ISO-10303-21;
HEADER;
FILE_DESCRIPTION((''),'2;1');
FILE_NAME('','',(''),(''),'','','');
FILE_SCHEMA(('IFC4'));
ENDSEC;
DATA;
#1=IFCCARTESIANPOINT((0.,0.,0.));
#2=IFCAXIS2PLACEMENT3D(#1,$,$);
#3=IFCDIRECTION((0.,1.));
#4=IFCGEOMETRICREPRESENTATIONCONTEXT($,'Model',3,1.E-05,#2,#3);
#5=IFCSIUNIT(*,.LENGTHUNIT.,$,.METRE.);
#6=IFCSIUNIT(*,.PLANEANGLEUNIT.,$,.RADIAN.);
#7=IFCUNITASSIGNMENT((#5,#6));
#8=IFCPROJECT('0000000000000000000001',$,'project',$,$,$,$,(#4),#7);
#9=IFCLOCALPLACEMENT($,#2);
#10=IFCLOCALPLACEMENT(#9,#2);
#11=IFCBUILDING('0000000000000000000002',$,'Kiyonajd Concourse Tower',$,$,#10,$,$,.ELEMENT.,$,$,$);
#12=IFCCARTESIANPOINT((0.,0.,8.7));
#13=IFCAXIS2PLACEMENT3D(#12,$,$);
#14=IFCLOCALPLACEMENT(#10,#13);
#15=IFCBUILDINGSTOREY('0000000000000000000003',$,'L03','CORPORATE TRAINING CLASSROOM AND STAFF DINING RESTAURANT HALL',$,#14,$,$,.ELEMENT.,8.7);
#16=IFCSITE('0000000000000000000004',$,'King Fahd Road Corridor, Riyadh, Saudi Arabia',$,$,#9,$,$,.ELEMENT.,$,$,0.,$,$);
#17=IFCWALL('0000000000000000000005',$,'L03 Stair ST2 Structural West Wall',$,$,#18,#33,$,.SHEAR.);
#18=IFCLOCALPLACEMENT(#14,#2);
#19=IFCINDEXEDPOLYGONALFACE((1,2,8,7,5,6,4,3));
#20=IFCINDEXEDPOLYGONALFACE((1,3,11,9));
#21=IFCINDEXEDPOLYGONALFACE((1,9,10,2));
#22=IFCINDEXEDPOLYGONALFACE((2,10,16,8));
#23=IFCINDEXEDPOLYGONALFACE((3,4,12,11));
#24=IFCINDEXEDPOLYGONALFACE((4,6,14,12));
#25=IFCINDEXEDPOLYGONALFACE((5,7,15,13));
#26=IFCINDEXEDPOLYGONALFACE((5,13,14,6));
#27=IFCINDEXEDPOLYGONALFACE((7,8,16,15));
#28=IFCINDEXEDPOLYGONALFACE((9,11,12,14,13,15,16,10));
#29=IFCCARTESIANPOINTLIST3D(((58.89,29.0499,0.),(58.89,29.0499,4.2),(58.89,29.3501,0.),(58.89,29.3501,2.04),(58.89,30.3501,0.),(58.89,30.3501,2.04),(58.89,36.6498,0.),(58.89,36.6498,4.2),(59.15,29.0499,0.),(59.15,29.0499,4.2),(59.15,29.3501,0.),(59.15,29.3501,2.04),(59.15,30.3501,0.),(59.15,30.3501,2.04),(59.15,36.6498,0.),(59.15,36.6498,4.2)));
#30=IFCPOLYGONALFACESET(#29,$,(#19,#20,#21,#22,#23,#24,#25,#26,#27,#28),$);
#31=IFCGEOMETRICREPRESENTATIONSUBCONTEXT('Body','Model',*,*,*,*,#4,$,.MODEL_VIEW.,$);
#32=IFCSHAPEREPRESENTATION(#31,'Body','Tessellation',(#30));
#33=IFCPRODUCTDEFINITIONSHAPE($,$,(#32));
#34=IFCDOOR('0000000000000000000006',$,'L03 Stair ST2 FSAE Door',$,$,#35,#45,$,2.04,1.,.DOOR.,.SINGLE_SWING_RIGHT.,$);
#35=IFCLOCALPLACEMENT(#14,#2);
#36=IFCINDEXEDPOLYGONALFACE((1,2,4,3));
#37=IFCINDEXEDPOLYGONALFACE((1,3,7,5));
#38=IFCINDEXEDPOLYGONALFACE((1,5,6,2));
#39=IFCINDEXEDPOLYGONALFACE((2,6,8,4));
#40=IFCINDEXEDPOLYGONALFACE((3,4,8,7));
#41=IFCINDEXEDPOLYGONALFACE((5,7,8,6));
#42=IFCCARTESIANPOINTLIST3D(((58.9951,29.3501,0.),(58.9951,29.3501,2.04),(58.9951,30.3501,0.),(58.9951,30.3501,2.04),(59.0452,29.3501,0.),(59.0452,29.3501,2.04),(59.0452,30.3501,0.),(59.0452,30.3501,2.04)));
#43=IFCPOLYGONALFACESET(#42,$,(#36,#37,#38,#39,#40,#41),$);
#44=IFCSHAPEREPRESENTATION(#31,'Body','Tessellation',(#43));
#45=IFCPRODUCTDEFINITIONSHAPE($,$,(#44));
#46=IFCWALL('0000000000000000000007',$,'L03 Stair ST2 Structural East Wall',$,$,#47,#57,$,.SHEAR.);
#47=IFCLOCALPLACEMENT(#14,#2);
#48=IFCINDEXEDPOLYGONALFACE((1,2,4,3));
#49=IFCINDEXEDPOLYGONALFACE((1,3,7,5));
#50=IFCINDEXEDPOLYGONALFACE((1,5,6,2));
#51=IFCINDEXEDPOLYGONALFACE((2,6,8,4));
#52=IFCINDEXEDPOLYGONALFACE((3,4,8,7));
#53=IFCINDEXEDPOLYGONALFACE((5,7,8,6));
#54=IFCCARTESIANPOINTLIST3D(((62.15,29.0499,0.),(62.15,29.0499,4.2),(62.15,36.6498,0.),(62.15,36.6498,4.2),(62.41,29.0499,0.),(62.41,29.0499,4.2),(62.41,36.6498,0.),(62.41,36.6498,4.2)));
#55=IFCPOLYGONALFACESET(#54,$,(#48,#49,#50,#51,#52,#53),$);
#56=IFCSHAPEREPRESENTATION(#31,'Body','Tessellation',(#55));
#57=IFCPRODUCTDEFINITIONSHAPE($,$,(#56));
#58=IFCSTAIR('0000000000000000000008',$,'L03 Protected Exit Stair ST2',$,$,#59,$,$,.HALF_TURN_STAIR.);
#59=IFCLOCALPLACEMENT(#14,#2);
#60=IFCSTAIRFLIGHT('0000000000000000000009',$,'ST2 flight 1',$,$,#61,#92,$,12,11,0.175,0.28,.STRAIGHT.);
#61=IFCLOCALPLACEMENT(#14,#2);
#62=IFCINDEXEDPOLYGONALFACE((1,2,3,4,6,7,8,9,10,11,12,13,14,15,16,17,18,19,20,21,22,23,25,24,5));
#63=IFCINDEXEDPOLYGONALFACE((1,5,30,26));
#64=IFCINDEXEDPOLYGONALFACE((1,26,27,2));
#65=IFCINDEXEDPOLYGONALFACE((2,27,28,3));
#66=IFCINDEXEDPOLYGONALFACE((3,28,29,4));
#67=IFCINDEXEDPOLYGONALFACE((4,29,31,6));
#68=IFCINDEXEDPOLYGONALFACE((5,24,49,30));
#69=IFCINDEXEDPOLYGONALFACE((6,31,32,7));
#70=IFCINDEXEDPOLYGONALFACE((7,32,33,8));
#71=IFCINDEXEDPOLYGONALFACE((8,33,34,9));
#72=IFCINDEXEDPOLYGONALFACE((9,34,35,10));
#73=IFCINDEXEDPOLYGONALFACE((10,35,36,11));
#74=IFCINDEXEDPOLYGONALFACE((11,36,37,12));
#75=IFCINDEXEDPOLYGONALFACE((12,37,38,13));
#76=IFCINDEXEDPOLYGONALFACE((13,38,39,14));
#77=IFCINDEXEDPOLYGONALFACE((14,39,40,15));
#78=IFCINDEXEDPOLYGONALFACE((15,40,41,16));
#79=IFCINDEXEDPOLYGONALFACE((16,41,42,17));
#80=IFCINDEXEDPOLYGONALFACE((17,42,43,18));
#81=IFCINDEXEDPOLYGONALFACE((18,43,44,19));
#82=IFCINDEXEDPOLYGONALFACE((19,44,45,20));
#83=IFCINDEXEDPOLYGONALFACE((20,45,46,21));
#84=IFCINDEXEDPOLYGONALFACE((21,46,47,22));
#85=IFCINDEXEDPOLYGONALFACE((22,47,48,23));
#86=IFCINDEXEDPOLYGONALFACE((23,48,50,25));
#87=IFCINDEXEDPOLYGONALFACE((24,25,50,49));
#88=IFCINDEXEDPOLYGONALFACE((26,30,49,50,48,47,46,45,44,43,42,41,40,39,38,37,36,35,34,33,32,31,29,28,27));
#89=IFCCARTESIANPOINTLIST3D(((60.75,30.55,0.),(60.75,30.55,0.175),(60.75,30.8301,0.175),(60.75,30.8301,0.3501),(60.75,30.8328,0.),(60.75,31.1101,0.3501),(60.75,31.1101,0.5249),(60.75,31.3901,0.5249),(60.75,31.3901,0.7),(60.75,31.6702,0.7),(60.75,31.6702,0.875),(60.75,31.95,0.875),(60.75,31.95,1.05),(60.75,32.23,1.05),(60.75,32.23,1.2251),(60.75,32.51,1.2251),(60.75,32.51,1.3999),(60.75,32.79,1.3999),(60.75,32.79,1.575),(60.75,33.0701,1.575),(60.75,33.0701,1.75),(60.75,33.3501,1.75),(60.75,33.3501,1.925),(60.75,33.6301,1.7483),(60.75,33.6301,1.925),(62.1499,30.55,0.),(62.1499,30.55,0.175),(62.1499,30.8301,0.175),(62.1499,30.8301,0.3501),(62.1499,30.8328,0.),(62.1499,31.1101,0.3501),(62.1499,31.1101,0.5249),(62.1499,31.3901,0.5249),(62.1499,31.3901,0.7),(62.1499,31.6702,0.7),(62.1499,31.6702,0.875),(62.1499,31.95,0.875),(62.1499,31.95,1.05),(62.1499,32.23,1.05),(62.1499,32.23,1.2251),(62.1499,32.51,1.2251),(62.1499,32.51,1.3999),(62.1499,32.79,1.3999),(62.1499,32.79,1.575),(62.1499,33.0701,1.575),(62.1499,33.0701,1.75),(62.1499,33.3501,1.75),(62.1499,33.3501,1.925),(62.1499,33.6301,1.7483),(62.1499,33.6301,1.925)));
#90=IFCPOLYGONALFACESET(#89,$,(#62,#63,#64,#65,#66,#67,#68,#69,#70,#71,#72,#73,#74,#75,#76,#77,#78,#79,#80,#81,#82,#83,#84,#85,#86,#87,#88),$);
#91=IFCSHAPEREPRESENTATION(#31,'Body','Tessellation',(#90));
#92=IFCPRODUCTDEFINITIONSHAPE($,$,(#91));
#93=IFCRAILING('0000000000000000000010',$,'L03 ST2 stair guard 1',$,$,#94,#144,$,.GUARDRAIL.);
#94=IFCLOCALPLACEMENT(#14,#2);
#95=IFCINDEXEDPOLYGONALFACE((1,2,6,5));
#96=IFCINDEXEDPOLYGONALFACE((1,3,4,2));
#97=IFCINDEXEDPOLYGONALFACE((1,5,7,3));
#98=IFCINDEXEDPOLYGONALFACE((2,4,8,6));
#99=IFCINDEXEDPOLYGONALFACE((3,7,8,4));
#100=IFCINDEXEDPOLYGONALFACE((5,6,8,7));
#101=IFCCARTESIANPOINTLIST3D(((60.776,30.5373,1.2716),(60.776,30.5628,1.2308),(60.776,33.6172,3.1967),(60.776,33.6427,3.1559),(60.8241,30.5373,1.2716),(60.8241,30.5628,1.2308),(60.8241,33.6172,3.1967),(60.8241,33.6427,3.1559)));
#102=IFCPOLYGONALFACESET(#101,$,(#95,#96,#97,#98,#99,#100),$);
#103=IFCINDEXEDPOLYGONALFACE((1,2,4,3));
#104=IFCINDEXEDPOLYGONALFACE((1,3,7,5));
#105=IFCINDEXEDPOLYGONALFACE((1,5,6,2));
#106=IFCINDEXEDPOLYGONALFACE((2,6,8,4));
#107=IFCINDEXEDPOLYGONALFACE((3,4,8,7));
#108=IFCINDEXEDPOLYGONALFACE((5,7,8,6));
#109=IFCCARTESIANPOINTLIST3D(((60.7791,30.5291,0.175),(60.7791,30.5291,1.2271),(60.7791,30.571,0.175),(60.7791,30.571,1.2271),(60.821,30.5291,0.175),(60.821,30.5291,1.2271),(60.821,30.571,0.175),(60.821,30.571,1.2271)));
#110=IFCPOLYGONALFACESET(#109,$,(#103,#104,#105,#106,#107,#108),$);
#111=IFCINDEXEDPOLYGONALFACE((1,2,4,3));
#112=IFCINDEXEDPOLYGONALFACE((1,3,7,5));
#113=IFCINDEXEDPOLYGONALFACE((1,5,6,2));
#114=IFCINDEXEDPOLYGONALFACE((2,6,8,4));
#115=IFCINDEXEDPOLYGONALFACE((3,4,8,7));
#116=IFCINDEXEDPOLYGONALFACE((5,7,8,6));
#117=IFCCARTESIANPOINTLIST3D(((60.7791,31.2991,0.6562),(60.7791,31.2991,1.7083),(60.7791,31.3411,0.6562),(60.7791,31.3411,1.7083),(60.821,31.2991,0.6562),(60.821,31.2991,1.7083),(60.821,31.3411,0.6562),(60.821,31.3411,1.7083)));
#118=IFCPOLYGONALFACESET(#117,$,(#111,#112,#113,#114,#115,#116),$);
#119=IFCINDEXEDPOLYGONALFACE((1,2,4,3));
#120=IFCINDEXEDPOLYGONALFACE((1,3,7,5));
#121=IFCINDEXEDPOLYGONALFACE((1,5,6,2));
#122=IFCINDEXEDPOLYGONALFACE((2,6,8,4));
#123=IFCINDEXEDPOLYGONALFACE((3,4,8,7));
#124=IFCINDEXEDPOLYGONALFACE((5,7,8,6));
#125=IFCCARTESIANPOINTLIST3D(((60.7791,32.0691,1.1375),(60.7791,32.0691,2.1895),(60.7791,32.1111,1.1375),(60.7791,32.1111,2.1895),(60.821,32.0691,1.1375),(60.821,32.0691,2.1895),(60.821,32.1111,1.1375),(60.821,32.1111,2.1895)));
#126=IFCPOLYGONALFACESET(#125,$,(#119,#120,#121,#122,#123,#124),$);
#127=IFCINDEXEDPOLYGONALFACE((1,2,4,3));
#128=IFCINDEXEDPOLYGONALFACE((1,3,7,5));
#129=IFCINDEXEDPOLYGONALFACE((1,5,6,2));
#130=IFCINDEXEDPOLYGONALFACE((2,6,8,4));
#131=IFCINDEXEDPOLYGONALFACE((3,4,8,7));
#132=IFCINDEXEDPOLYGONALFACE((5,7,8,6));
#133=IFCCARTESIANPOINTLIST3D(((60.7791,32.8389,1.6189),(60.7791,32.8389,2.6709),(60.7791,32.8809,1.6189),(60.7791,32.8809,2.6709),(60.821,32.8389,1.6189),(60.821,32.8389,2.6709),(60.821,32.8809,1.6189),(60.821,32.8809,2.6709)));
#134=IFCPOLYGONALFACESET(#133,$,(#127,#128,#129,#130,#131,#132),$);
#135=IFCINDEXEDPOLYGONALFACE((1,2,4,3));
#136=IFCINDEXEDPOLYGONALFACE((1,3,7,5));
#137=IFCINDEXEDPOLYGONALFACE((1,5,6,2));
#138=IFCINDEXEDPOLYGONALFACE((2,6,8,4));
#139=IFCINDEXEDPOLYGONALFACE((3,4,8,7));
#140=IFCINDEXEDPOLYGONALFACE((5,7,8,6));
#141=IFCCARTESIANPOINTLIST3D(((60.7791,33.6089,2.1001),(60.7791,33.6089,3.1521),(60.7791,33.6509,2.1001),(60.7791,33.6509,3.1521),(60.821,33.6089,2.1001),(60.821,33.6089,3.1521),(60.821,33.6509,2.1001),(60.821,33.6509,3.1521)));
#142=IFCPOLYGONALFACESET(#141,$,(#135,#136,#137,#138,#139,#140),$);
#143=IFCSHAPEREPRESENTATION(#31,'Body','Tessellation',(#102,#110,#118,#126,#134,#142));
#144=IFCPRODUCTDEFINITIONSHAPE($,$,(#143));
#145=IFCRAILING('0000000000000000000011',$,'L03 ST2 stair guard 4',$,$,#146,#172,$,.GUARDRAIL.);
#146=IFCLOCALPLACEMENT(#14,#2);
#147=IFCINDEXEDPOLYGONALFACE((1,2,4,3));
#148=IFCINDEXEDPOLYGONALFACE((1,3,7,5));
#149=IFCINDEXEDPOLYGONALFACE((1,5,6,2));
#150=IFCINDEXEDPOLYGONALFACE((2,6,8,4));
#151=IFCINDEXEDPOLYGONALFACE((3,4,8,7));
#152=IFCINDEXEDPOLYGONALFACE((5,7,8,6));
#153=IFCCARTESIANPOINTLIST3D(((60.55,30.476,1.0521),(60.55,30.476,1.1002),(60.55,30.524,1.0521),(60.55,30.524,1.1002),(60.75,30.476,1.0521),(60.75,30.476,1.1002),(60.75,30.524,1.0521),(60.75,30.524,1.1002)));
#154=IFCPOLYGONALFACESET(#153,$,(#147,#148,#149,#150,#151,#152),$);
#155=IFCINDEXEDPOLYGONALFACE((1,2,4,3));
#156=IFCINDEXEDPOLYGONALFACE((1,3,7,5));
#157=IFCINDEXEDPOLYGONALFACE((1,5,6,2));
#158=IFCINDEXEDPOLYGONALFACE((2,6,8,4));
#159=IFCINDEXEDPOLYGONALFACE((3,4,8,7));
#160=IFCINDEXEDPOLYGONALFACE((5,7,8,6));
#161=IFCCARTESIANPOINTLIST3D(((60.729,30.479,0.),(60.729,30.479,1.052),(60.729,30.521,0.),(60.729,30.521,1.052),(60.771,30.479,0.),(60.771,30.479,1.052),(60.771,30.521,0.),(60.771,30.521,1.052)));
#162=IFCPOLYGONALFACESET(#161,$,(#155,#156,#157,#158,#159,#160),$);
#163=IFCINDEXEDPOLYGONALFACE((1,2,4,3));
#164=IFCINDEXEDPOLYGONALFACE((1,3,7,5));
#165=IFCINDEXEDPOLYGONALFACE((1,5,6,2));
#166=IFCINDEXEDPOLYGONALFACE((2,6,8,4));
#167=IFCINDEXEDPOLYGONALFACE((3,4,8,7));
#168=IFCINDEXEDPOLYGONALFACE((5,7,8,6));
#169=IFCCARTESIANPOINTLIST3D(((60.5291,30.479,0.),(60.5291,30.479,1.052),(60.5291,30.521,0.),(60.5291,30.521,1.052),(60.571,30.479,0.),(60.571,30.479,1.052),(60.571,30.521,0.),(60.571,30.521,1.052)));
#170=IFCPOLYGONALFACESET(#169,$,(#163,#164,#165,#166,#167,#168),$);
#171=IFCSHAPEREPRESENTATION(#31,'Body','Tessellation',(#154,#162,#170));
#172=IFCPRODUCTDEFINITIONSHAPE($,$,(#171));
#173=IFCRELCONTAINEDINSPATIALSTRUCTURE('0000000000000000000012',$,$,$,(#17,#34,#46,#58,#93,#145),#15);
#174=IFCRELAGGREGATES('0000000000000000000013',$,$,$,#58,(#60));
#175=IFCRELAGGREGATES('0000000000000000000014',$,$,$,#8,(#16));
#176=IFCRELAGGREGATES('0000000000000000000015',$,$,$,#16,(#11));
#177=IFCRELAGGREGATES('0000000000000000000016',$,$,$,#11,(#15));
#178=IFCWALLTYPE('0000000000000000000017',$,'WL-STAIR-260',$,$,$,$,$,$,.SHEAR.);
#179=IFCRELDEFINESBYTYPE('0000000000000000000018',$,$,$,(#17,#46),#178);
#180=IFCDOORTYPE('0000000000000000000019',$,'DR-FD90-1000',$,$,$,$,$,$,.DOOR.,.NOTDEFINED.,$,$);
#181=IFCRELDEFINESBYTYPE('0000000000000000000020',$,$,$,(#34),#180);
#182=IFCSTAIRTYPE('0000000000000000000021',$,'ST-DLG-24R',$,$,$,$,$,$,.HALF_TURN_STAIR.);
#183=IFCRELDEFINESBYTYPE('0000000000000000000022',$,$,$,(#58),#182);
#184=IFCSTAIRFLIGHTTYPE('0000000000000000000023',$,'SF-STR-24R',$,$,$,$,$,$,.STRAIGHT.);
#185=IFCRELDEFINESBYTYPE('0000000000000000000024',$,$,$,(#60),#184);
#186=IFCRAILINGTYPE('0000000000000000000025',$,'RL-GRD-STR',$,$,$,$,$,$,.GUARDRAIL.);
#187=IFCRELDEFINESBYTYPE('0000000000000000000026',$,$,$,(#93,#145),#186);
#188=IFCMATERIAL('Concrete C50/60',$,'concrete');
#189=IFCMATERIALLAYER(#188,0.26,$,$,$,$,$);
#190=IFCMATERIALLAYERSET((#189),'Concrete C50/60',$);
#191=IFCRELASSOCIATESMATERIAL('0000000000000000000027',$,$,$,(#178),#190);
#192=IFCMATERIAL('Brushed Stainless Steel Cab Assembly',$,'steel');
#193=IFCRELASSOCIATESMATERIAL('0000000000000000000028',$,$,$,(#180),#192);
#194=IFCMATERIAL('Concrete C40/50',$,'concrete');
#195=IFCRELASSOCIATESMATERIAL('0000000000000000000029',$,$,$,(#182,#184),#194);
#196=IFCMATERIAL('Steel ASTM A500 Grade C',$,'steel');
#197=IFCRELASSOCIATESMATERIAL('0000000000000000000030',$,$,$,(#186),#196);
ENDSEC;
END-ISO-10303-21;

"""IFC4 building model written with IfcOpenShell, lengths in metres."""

from ifc_helpers import new_model, si_unit, direction, frame, frame_2d, origin, origin_2d, place, context, subcontext, project, spatial, polyline, rectangle, outline, extrude, material, layer, layer_set, type_object, element, fill, aggregate, save


model = new_model("IFC4")

# Units and contexts
model_context = context("Model", 3, precision=1e-05, world=origin(), true_north=direction((0.0, 1.0)))
body_context = subcontext(model_context, "Body", "Model", "MODEL_VIEW")
ifc_project = project(units=[si_unit("LENGTHUNIT", "METRE"), si_unit("PLANEANGLEUNIT", "RADIAN")], contexts=[model_context])

# Site, building, storey
site_placement = place(None, origin())
site = spatial("IfcSite", under=ifc_project, at=site_placement, Name="King Fahd Road Corridor, Riyadh, Saudi Arabia", CompositionType="ELEMENT", RefElevation=0.0)
building_placement = place(site_placement, origin())
building = spatial("IfcBuilding", under=site, at=building_placement, Name="Kiyonajd Concourse Tower", CompositionType="ELEMENT")
storey_placement = place(building_placement, frame((0.0, 0.0, 8.7)))
storey = spatial("IfcBuildingStorey", under=building, at=storey_placement, Name="L03", Description="CORPORATE TRAINING CLASSROOM AND STAFF DINING RESTAURANT HALL", CompositionType="ELEMENT", Elevation=8.7)

# Shared definitions
ifc_material_1 = material(Name="Concrete C50/60", Category="concrete")

# Shared definitions
ifc_material_2 = material(Name="Brushed Stainless Steel Cab Assembly", Category="steel")

# Shared definitions
ifc_layer_1 = layer(ifc_material_1, 0.26)
ifc_layer_set_1 = layer_set([ifc_layer_1], Name="Concrete C50/60")
wall_type_1 = type_object("IfcWallType", Name="WL-STAIR-260", PredefinedType="SHEAR", material=ifc_layer_set_1)

# Wall, opening, door
wall_1_placement = place(storey_placement, frame((59.02, 29.05, 0.0), z_axis=(0.0, 0.0, 1.0), x_axis=(0.0, 1.0, 0.0)))
wall_1 = element("IfcWall", 1, at=wall_1_placement, inside=storey, type_object=wall_type_1, Name="L03 Stair ST2 Structural West Wall", PredefinedType="SHEAR", context=body_context, shape_type="SweptSolid", body=[
    extrude(rectangle(XDim=7.5999, YDim=0.26, at=frame_2d((3.7998, 0.0))), origin(), (0.0, 0.0, 1.0), 4.2),
])
opening_1_placement = place(wall_1_placement, frame((0.3, 0.0, 0.0)))
opening_1 = element("IfcOpeningElement", 2, at=opening_1_placement, cuts=wall_1, PredefinedType="OPENING", context=body_context, shape_type="SweptSolid", body=[
    extrude(rectangle(XDim=1.0, YDim=2.04, at=frame_2d((0.5, 1.02))), frame((0.0, 0.1399, 0.0), z_axis=(0.0, -1.0, 0.0), x_axis=(1.0, 0.0, 0.0)), (0.0, 0.0, 1.0), 0.28),
])
door_type_1 = type_object("IfcDoorType", Name="DR-FD90-1000", OperationType="NOTDEFINED", PredefinedType="DOOR", material=ifc_material_2)
door_1_placement = place(opening_1_placement, origin())
door_1 = element("IfcDoor", 3, at=door_1_placement, inside=storey, type_object=door_type_1, Name="L03 Stair ST2 FSAE Door", OperationType="SINGLE_SWING_RIGHT", OverallHeight=2.04, OverallWidth=1.0, PredefinedType="DOOR", context=body_context, shape_type="SweptSolid", body=[
    extrude(rectangle(XDim=1.0, YDim=2.04, at=frame_2d((0.5, 1.02))), frame((0.0, 0.0249, 0.0), z_axis=(0.0, -1.0, 0.0), x_axis=(1.0, 0.0, 0.0)), (0.0, 0.0, 1.0), 0.05),
])
fill(opening_1, door_1)

# Wall
wall_2_placement = place(storey_placement, frame((62.28, 29.05, 0.0), z_axis=(0.0, 0.0, 1.0), x_axis=(0.0, 1.0, 0.0)))
element("IfcWall", 4, at=wall_2_placement, inside=storey, type_object=wall_type_1, Name="L03 Stair ST2 Structural East Wall", PredefinedType="SHEAR", context=body_context, shape_type="SweptSolid", body=[
    extrude(rectangle(XDim=7.5999, YDim=0.26, at=frame_2d((3.7998, 0.0))), origin(), (0.0, 0.0, 1.0), 4.2),
])

# Stair, stair flight
ifc_material_3 = material(Name="Concrete C40/50", Category="concrete")
stair_type = type_object("IfcStairType", Name="ST-DLG-24R", PredefinedType="HALF_TURN_STAIR", material=ifc_material_3)
stair_placement = place(storey_placement, origin())
stair = element("IfcStair", 5, at=stair_placement, inside=storey, type_object=stair_type, Name="L03 Protected Exit Stair ST2", PredefinedType="HALF_TURN_STAIR")
stair_flight_type = type_object("IfcStairFlightType", Name="SF-STR-24R", PredefinedType="STRAIGHT", material=ifc_material_3)
stair_flight_placement = place(storey_placement, frame((61.45, 30.55, 0.0), z_axis=(0.0, 0.0, 1.0), x_axis=(0.0, 1.0, 0.0)))
stair_flight = element("IfcStairFlight", 6, at=stair_flight_placement, type_object=stair_flight_type, Name="ST2 flight 1", NumberOfRisers=12, NumberOfTreads=11, PredefinedType="STRAIGHT", RiserHeight=0.175, TreadLength=0.28, context=body_context, shape_type="SweptSolid", body=[
    extrude(outline(polyline([(0.0, 0.0), (0.0, 0.175), (0.28, 0.175), (0.28, 0.3501), (0.5601, 0.3501), (0.5601, 0.5249), (0.8401, 0.5249), (0.8401, 0.7), (1.1201, 0.7), (1.1201, 0.875), (1.3999, 0.875), (1.3999, 1.05), (1.6799, 1.05), (1.6799, 1.2251), (1.96, 1.2251), (1.96, 1.3999), (2.24, 1.3999), (2.24, 1.575), (2.52, 1.575), (2.52, 1.75), (2.8, 1.75), (2.8, 1.925), (3.0801, 1.925), (3.0801, 2.1001), (3.0801, 1.7483), (0.2827, 0.0), (0.0, 0.0)])), frame((0.0, 0.7, 0.0), z_axis=(0.0, -1.0, 0.0), x_axis=(1.0, 0.0, 0.0)), (0.0, 0.0, 1.0), 1.3999),
])
aggregate(stair, [stair_flight])

# Railings
ifc_material_4 = material(Name="Steel ASTM A500 Grade C", Category="steel")
railing_type_1 = type_object("IfcRailingType", Name="RL-GRD-STR", PredefinedType="GUARDRAIL", material=ifc_material_4)
railing_1_placement = place(storey_placement, frame((60.8, 30.55, 0.175)))
element("IfcRailing", 7, at=railing_1_placement, inside=storey, type_object=railing_type_1, Name="L03 ST2 stair guard 1", PredefinedType="GUARDRAIL", context=body_context, shape_type="SweptSolid", body=[
    extrude(rectangle(XDim=0.0481, YDim=0.0481, at=origin_2d()), frame((0.0, 0.0, 1.0762), z_axis=(0.0, 0.847979, 0.530029), x_axis=(-1.0, 0.0, 0.0)), (0.0, 0.0, 1.0), 3.6321),
    extrude(rectangle(XDim=0.042, YDim=0.042, at=origin_2d()), origin(), (0.0, 0.0, 1.0), 1.052),
    extrude(rectangle(XDim=0.042, YDim=0.042, at=origin_2d()), frame((0.0, 0.77, 0.4812)), (0.0, 0.0, 1.0), 1.052),
    extrude(rectangle(XDim=0.042, YDim=0.042, at=origin_2d()), frame((0.0, 1.54, 0.9624)), (0.0, 0.0, 1.0), 1.052),
    extrude(rectangle(XDim=0.042, YDim=0.042, at=origin_2d()), frame((0.0, 2.3098, 1.4438)), (0.0, 0.0, 1.0), 1.052),
    extrude(rectangle(XDim=0.042, YDim=0.042, at=origin_2d()), frame((0.0, 3.0798, 1.925)), (0.0, 0.0, 1.0), 1.052),
])
railing_2_placement = place(storey_placement, frame((60.75, 30.5, 0.0)))
element("IfcRailing", 8, at=railing_2_placement, inside=storey, type_object=railing_type_1, Name="L03 ST2 stair guard 4", PredefinedType="GUARDRAIL", context=body_context, shape_type="SweptSolid", body=[
    extrude(rectangle(XDim=0.0481, YDim=0.0481, at=origin_2d()), frame((0.0, 0.0, 1.0762), z_axis=(-1.0, 0.0, 0.0), x_axis=(0.0, -1.0, 0.0)), (0.0, 0.0, 1.0), 0.2),
    extrude(rectangle(XDim=0.042, YDim=0.042, at=origin_2d()), origin(), (0.0, 0.0, 1.0), 1.052),
    extrude(rectangle(XDim=0.042, YDim=0.042, at=origin_2d()), frame((-0.2, 0.0, 0.0)), (0.0, 0.0, 1.0), 1.052),
])

save(model, "model.ifc")
